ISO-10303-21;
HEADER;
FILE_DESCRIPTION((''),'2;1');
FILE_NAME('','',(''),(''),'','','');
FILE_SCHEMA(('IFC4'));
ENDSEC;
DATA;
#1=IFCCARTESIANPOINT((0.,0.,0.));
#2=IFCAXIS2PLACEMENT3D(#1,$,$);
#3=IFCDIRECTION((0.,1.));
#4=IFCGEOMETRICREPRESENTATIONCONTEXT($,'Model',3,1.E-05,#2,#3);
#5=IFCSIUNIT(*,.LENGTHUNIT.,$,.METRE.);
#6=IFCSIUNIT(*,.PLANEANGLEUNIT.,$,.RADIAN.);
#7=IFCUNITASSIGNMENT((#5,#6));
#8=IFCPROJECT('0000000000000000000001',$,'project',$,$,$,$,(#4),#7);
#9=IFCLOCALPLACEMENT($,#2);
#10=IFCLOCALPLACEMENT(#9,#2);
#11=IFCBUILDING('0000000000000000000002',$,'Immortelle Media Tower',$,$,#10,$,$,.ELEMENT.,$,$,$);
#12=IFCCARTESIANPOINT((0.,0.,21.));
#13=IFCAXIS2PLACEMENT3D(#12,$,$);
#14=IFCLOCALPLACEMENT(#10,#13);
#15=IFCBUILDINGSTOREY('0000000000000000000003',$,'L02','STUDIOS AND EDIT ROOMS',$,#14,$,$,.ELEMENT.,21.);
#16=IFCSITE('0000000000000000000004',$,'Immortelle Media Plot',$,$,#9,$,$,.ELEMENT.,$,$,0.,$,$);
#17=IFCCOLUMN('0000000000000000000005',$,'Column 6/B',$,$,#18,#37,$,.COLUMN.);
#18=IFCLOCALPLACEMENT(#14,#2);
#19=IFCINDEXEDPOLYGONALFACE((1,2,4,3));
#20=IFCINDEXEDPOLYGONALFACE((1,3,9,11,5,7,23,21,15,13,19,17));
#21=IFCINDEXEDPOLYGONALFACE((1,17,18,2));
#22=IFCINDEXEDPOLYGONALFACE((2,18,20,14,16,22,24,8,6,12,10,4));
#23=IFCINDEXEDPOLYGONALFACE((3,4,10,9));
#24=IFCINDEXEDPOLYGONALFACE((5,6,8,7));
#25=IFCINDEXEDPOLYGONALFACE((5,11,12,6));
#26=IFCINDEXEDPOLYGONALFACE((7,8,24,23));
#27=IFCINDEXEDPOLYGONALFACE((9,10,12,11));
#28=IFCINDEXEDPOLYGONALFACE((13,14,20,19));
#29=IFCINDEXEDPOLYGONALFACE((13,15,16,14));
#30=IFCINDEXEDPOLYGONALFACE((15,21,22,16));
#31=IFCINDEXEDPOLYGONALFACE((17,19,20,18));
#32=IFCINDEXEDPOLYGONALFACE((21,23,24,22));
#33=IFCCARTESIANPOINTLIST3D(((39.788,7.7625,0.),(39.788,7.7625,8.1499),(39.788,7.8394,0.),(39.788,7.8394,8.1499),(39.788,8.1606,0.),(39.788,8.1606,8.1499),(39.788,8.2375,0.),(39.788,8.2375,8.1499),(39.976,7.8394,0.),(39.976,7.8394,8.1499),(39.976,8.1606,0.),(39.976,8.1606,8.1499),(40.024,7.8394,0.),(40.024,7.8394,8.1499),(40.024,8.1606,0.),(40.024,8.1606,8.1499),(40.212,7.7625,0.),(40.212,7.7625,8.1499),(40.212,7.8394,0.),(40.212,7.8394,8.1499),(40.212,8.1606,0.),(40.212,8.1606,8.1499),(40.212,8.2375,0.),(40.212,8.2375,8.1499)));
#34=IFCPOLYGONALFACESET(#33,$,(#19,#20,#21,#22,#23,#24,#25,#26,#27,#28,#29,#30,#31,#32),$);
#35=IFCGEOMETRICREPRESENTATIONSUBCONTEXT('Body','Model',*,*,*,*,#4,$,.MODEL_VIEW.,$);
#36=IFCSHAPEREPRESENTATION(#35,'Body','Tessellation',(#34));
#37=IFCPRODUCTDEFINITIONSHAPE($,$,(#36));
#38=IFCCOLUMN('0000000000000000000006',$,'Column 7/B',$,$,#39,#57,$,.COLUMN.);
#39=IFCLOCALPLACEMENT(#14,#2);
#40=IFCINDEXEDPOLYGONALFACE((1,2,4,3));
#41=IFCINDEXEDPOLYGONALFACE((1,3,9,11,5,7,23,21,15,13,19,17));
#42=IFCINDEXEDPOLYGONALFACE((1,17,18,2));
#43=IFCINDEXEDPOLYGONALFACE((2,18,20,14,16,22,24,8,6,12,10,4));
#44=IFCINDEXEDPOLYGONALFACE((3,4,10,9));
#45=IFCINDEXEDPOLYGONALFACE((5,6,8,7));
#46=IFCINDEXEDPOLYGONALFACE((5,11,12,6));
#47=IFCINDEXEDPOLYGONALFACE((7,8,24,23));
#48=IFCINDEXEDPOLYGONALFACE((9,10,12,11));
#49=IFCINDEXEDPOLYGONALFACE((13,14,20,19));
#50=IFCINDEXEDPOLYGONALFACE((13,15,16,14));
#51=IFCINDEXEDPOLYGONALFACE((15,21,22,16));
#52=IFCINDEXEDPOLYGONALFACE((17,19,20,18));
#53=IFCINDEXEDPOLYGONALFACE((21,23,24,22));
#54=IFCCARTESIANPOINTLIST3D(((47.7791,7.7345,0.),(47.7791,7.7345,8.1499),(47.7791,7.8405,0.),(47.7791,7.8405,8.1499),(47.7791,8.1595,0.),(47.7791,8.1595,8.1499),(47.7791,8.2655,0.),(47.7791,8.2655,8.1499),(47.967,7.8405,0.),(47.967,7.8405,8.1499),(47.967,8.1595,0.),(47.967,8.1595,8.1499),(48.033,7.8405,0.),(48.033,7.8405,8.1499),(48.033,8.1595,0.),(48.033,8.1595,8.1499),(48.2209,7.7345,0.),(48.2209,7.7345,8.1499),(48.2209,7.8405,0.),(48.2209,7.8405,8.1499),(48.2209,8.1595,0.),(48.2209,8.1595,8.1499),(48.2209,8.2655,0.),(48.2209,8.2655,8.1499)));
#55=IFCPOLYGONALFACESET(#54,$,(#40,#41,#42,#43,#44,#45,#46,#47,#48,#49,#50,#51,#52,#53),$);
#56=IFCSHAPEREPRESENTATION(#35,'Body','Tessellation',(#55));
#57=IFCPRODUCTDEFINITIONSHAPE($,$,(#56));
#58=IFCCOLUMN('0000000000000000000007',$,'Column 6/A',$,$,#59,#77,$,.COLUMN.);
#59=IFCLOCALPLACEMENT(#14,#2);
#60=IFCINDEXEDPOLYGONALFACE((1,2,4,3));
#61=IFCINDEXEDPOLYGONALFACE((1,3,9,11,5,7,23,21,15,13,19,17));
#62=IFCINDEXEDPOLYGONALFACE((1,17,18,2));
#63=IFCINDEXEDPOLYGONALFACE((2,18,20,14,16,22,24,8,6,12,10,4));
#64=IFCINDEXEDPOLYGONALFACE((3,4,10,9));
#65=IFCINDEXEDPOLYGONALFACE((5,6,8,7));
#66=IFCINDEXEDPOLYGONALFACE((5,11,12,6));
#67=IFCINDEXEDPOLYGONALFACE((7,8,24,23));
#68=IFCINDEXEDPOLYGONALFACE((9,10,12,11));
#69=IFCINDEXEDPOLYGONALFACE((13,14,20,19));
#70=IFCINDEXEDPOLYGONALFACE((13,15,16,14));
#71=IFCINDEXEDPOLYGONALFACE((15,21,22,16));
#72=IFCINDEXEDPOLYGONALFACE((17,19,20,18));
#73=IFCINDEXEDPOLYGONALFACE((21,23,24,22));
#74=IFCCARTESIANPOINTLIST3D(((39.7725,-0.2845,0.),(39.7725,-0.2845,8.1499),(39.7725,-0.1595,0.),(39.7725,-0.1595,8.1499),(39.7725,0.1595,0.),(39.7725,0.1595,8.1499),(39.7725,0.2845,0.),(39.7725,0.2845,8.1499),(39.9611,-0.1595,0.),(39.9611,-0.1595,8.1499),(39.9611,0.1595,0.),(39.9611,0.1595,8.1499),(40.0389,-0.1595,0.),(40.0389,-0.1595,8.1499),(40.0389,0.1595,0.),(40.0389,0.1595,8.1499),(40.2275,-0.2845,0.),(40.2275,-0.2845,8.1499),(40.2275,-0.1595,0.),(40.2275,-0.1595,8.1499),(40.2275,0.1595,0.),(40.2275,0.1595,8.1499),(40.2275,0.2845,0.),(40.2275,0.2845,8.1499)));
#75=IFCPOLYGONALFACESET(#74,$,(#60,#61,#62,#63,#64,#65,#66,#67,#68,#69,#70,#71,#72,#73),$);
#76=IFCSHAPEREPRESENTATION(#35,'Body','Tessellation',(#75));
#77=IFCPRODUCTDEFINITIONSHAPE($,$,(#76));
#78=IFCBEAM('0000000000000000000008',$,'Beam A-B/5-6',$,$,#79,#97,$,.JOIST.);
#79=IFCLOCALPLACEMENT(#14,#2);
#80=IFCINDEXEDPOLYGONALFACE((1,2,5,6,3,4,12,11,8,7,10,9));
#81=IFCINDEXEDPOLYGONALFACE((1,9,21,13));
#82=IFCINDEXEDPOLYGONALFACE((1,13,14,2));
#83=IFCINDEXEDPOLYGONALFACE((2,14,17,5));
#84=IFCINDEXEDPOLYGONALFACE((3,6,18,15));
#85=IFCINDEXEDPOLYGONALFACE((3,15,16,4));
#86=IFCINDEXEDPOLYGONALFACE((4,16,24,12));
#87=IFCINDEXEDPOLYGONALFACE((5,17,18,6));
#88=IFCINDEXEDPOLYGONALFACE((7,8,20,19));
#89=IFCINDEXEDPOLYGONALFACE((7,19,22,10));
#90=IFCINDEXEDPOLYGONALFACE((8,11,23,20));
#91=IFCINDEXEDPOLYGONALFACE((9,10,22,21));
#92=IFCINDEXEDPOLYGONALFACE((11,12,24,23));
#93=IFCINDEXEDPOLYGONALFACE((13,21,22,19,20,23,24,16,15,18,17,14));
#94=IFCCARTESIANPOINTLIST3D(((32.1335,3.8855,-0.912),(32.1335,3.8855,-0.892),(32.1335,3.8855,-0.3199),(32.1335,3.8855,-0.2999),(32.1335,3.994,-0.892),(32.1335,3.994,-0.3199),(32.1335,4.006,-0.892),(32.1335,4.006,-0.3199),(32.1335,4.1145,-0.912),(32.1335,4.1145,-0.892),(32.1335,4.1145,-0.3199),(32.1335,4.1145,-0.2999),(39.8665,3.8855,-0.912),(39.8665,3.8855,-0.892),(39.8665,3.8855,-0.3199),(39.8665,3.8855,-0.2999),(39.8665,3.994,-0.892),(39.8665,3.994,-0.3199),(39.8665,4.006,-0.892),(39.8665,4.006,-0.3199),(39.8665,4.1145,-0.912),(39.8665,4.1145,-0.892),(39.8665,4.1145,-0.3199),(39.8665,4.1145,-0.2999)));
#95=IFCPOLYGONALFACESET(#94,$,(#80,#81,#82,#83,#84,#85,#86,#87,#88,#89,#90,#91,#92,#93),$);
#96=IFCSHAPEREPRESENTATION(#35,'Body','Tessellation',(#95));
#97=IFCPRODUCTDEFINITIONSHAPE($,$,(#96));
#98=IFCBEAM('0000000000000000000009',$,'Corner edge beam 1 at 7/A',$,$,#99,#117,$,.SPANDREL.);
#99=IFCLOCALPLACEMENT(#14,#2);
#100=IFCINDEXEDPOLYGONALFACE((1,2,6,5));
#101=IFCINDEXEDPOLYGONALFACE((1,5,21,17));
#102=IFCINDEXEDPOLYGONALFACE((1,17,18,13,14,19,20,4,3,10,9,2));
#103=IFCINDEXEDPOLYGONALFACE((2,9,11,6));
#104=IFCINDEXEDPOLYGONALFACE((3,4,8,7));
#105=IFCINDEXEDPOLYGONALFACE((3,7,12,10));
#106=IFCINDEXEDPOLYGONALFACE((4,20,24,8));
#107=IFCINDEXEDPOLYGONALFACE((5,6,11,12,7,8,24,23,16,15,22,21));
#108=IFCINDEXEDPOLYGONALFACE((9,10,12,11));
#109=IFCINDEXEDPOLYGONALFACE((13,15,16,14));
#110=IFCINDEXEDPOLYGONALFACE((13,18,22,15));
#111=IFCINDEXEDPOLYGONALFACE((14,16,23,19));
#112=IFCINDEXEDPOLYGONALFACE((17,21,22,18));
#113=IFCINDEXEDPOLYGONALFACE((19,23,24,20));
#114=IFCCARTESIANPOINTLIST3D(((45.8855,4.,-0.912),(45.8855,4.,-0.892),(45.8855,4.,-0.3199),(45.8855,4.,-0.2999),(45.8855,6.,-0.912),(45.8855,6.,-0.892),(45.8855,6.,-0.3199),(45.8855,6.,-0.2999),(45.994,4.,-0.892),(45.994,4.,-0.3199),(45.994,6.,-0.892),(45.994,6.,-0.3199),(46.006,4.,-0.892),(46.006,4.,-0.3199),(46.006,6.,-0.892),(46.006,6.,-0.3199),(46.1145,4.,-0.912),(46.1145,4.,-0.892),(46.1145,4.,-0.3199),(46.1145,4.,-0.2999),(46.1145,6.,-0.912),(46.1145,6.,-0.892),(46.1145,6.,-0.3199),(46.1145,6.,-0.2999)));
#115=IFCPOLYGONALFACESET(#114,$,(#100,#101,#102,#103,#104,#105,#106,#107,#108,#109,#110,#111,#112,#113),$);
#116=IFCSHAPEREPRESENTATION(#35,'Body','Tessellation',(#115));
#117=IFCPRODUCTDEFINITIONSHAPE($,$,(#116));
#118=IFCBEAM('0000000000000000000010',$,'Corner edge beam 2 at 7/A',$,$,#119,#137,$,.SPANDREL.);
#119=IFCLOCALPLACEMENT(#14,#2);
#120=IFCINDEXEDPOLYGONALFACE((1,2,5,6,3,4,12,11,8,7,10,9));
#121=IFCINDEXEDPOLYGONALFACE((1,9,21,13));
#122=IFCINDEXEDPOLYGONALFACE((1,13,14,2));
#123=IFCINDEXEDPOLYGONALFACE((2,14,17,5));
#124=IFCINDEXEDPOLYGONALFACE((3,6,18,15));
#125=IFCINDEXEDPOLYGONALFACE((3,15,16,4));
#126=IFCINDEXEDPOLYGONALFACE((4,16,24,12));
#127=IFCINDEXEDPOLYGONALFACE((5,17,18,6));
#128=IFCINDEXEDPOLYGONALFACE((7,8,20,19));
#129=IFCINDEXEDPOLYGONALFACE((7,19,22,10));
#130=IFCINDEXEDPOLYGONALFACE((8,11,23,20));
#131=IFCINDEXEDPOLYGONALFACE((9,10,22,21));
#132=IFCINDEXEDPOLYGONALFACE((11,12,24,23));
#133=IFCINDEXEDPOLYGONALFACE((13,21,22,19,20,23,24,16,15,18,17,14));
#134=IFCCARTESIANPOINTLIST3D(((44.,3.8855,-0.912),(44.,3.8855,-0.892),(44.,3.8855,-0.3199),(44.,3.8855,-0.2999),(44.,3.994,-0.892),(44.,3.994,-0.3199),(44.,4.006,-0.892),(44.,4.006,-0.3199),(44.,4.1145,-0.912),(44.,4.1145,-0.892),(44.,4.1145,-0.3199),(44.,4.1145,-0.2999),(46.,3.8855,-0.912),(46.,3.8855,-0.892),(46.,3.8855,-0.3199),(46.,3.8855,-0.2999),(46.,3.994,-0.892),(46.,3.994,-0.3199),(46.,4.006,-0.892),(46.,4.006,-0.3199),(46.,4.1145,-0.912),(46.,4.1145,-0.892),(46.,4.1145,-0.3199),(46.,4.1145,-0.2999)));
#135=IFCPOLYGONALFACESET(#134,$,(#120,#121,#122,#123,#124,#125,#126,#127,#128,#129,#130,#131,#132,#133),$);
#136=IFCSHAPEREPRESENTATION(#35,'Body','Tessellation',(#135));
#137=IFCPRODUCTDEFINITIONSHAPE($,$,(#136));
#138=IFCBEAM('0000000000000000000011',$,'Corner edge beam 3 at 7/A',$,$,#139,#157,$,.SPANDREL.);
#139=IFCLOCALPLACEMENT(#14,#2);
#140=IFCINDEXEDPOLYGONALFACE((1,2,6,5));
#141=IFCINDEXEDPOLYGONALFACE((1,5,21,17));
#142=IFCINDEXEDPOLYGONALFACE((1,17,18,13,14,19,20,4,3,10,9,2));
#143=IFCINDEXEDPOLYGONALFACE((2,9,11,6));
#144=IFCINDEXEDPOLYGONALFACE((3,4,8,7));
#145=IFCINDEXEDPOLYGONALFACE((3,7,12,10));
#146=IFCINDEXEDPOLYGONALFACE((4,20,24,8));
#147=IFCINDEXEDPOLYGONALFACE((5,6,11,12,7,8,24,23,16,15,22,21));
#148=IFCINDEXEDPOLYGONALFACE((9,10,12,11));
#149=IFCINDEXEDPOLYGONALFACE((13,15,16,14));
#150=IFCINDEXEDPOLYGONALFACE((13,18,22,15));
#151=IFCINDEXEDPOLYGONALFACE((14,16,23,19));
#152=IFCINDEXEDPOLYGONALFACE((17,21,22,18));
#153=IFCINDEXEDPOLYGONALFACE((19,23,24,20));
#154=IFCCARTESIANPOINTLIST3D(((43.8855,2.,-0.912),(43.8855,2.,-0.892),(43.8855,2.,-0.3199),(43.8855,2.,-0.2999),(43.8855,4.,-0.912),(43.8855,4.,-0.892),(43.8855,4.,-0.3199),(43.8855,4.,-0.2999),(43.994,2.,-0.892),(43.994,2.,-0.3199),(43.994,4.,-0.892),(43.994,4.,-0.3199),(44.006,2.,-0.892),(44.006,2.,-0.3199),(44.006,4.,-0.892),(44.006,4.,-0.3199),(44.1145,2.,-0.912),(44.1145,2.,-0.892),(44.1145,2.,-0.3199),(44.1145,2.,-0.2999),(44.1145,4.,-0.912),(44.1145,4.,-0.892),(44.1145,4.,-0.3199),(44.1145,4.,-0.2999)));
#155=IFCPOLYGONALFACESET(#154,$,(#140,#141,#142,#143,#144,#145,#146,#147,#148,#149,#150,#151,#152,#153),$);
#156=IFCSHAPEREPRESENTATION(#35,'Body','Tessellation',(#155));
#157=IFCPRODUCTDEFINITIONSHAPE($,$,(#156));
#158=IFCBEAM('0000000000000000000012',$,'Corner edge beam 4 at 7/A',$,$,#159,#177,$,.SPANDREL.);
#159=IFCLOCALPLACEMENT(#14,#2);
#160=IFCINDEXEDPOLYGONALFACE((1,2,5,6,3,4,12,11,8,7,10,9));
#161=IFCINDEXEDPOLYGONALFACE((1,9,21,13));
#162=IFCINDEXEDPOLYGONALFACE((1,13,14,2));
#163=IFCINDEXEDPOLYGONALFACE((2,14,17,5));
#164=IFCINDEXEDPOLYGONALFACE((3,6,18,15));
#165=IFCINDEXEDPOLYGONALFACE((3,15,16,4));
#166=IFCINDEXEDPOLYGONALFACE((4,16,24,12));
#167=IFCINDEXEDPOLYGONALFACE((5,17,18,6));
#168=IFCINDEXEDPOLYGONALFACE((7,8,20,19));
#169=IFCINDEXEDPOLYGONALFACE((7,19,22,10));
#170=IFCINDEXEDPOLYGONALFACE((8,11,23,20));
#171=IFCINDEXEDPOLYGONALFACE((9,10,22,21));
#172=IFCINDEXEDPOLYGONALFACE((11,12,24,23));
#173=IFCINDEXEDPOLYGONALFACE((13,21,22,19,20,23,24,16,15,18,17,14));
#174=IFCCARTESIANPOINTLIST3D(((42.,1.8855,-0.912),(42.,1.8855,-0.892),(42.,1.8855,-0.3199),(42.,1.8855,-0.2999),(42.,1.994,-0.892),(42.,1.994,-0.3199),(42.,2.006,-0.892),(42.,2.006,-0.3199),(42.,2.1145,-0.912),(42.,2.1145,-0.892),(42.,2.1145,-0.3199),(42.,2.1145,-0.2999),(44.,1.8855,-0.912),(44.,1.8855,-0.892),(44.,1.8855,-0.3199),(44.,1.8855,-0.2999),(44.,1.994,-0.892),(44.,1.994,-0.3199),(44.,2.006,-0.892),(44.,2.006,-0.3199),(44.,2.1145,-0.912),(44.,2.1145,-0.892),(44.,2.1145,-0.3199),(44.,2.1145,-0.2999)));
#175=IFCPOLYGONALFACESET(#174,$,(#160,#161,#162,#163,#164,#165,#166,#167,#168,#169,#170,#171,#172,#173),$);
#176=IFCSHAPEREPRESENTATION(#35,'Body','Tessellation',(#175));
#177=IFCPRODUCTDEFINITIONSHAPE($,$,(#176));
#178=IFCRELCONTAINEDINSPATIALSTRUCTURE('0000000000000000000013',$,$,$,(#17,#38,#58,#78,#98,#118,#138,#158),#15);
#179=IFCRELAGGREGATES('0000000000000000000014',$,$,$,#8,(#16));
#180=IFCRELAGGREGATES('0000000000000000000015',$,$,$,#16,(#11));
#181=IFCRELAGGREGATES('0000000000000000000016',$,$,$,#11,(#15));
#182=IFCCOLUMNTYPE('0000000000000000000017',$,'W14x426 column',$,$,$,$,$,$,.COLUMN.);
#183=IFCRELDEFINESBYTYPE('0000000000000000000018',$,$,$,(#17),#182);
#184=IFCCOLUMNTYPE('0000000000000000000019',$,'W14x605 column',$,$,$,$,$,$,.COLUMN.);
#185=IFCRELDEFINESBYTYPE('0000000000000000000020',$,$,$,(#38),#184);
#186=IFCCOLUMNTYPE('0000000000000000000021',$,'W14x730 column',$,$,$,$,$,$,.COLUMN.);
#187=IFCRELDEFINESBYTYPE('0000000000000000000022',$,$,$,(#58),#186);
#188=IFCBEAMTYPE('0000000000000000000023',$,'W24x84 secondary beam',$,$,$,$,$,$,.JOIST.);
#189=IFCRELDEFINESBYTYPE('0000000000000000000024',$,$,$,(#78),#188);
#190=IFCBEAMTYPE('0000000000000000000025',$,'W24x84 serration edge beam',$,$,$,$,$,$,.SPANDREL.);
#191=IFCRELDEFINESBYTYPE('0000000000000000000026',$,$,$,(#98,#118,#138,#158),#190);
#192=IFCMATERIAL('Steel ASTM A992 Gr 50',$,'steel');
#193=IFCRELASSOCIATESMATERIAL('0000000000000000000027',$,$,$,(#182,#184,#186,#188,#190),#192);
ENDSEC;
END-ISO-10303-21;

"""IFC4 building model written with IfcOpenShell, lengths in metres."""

from ifc_helpers import new_model, si_unit, direction, frame, origin, origin_2d, place, context, subcontext, project, spatial, i_section, extrude, material, material_profile, profile_set, type_object, element, save


model = new_model("IFC4")

# Units and contexts
model_context = context("Model", 3, precision=1e-05, world=origin(), true_north=direction((0.0, 1.0)))
body_context = subcontext(model_context, "Body", "Model", "MODEL_VIEW")
ifc_project = project(units=[si_unit("LENGTHUNIT", "METRE"), si_unit("PLANEANGLEUNIT", "RADIAN")], contexts=[model_context])

# Site, building, storey
site_placement = place(None, origin())
site = spatial("IfcSite", under=ifc_project, at=site_placement, Name="Immortelle Media Plot", CompositionType="ELEMENT", RefElevation=0.0)
building_placement = place(site_placement, origin())
building = spatial("IfcBuilding", under=site, at=building_placement, Name="Immortelle Media Tower", CompositionType="ELEMENT")
storey_placement = place(building_placement, frame((0.0, 0.0, 21.0)))
storey = spatial("IfcBuildingStorey", under=building, at=storey_placement, Name="L02", Description="STUDIOS AND EDIT ROOMS", CompositionType="ELEMENT", Elevation=21.0)

# Columns
ifc_material_1 = material(Name="Steel ASTM A992 Gr 50", Category="steel")
ifc_material_profile_1 = material_profile(ifc_material_1, i_section(OverallWidth=0.4241, OverallDepth=0.4751, WebThickness=0.0481, FlangeThickness=0.0769, at=origin_2d()), Name="W14x426")
ifc_profile_set_1 = profile_set([ifc_material_profile_1], Name="Steel ASTM A992 Gr 50")
column_type_1 = type_object("IfcColumnType", Name="W14x426 column", PredefinedType="COLUMN", material=ifc_profile_set_1)
column_1_placement = place(storey_placement, frame((40.0, 8.0, 0.0), z_axis=(0.0, 0.0, 1.0), x_axis=(1.0, 0.0, 0.0)))
element("IfcColumn", 1, at=column_1_placement, inside=storey, type_object=column_type_1, Name="Column 6/B", PredefinedType="COLUMN", context=body_context, shape_type="SweptSolid", body=[
    extrude(i_section(OverallWidth=0.4241, OverallDepth=0.4751, WebThickness=0.0481, FlangeThickness=0.0769, at=origin_2d()), origin(), (0.0, 0.0, 1.0), 8.1499),
])
ifc_material_profile_2 = material_profile(ifc_material_1, i_section(OverallWidth=0.4419, OverallDepth=0.531, WebThickness=0.0659, FlangeThickness=0.106, at=origin_2d()), Name="W14x605")
ifc_profile_set_2 = profile_set([ifc_material_profile_2], Name="Steel ASTM A992 Gr 50")
column_type_2 = type_object("IfcColumnType", Name="W14x605 column", PredefinedType="COLUMN", material=ifc_profile_set_2)
column_2_placement = place(storey_placement, frame((48.0, 8.0, 0.0), z_axis=(0.0, 0.0, 1.0), x_axis=(1.0, 0.0, 0.0)))
element("IfcColumn", 2, at=column_2_placement, inside=storey, type_object=column_type_2, Name="Column 7/B", PredefinedType="COLUMN", context=body_context, shape_type="SweptSolid", body=[
    extrude(i_section(OverallWidth=0.4419, OverallDepth=0.531, WebThickness=0.0659, FlangeThickness=0.106, at=origin_2d()), origin(), (0.0, 0.0, 1.0), 8.1499),
])
ifc_material_profile_3 = material_profile(ifc_material_1, i_section(OverallWidth=0.4551, OverallDepth=0.5691, WebThickness=0.0779, FlangeThickness=0.125, at=origin_2d()), Name="W14x730")
ifc_profile_set_3 = profile_set([ifc_material_profile_3], Name="Steel ASTM A992 Gr 50")
column_type_3 = type_object("IfcColumnType", Name="W14x730 column", PredefinedType="COLUMN", material=ifc_profile_set_3)
column_3_placement = place(storey_placement, frame((40.0, 0.0, 0.0), z_axis=(0.0, 0.0, 1.0), x_axis=(1.0, 0.0, 0.0)))
element("IfcColumn", 3, at=column_3_placement, inside=storey, type_object=column_type_3, Name="Column 6/A", PredefinedType="COLUMN", context=body_context, shape_type="SweptSolid", body=[
    extrude(i_section(OverallWidth=0.4551, OverallDepth=0.5691, WebThickness=0.0779, FlangeThickness=0.125, at=origin_2d()), origin(), (0.0, 0.0, 1.0), 8.1499),
])

# Beams
ifc_material_profile_4 = material_profile(ifc_material_1, i_section(OverallWidth=0.229, OverallDepth=0.6121, WebThickness=0.012, FlangeThickness=0.02, at=origin_2d()), Name="W24x84")
ifc_profile_set_4 = profile_set([ifc_material_profile_4], Name="Steel ASTM A992 Gr 50")
beam_type_1 = type_object("IfcBeamType", Name="W24x84 secondary beam", PredefinedType="JOIST", material=ifc_profile_set_4)
beam_1_placement = place(storey_placement, frame((32.1335, 4.0, -0.606), z_axis=(1.0, 0.0, 0.0), x_axis=(0.0, 1.0, 0.0)))
element("IfcBeam", 4, at=beam_1_placement, inside=storey, type_object=beam_type_1, Name="Beam A-B/5-6", PredefinedType="JOIST", context=body_context, shape_type="SweptSolid", body=[
    extrude(i_section(OverallWidth=0.229, OverallDepth=0.6121, WebThickness=0.012, FlangeThickness=0.02, at=origin_2d()), origin(), (0.0, 0.0, 1.0), 7.7329),
])
ifc_material_profile_5 = material_profile(ifc_material_1, i_section(OverallWidth=0.229, OverallDepth=0.6121, WebThickness=0.012, FlangeThickness=0.02, at=origin_2d()), Name="W24x84")
ifc_profile_set_5 = profile_set([ifc_material_profile_5], Name="Steel ASTM A992 Gr 50")
beam_type_2 = type_object("IfcBeamType", Name="W24x84 serration edge beam", PredefinedType="SPANDREL", material=ifc_profile_set_5)
for number, where, z_axis, x_axis, name in (
    (5, (46.0, 6.0, -0.606), (0.0, -1.0, 0.0), (1.0, 0.0, 0.0), "Corner edge beam 1 at 7/A"),
    (6, (46.0, 4.0, -0.606), (-1.0, 0.0, 0.0), (0.0, -1.0, 0.0), "Corner edge beam 2 at 7/A"),
    (7, (44.0, 4.0, -0.606), (0.0, -1.0, 0.0), (1.0, 0.0, 0.0), "Corner edge beam 3 at 7/A"),
    (8, (44.0, 2.0, -0.606), (-1.0, 0.0, 0.0), (0.0, -1.0, 0.0), "Corner edge beam 4 at 7/A"),
):
    element("IfcBeam", number, at=place(storey_placement, frame(where, z_axis=z_axis, x_axis=x_axis)), inside=storey, type_object=beam_type_2, Name=name, PredefinedType="SPANDREL", context=body_context, shape_type="SweptSolid", body=[
        extrude(i_section(OverallWidth=0.229, OverallDepth=0.6121, WebThickness=0.012, FlangeThickness=0.02, at=origin_2d()), origin(), (0.0, 0.0, 1.0), 2.0),
    ])

save(model, "model.ifc")
